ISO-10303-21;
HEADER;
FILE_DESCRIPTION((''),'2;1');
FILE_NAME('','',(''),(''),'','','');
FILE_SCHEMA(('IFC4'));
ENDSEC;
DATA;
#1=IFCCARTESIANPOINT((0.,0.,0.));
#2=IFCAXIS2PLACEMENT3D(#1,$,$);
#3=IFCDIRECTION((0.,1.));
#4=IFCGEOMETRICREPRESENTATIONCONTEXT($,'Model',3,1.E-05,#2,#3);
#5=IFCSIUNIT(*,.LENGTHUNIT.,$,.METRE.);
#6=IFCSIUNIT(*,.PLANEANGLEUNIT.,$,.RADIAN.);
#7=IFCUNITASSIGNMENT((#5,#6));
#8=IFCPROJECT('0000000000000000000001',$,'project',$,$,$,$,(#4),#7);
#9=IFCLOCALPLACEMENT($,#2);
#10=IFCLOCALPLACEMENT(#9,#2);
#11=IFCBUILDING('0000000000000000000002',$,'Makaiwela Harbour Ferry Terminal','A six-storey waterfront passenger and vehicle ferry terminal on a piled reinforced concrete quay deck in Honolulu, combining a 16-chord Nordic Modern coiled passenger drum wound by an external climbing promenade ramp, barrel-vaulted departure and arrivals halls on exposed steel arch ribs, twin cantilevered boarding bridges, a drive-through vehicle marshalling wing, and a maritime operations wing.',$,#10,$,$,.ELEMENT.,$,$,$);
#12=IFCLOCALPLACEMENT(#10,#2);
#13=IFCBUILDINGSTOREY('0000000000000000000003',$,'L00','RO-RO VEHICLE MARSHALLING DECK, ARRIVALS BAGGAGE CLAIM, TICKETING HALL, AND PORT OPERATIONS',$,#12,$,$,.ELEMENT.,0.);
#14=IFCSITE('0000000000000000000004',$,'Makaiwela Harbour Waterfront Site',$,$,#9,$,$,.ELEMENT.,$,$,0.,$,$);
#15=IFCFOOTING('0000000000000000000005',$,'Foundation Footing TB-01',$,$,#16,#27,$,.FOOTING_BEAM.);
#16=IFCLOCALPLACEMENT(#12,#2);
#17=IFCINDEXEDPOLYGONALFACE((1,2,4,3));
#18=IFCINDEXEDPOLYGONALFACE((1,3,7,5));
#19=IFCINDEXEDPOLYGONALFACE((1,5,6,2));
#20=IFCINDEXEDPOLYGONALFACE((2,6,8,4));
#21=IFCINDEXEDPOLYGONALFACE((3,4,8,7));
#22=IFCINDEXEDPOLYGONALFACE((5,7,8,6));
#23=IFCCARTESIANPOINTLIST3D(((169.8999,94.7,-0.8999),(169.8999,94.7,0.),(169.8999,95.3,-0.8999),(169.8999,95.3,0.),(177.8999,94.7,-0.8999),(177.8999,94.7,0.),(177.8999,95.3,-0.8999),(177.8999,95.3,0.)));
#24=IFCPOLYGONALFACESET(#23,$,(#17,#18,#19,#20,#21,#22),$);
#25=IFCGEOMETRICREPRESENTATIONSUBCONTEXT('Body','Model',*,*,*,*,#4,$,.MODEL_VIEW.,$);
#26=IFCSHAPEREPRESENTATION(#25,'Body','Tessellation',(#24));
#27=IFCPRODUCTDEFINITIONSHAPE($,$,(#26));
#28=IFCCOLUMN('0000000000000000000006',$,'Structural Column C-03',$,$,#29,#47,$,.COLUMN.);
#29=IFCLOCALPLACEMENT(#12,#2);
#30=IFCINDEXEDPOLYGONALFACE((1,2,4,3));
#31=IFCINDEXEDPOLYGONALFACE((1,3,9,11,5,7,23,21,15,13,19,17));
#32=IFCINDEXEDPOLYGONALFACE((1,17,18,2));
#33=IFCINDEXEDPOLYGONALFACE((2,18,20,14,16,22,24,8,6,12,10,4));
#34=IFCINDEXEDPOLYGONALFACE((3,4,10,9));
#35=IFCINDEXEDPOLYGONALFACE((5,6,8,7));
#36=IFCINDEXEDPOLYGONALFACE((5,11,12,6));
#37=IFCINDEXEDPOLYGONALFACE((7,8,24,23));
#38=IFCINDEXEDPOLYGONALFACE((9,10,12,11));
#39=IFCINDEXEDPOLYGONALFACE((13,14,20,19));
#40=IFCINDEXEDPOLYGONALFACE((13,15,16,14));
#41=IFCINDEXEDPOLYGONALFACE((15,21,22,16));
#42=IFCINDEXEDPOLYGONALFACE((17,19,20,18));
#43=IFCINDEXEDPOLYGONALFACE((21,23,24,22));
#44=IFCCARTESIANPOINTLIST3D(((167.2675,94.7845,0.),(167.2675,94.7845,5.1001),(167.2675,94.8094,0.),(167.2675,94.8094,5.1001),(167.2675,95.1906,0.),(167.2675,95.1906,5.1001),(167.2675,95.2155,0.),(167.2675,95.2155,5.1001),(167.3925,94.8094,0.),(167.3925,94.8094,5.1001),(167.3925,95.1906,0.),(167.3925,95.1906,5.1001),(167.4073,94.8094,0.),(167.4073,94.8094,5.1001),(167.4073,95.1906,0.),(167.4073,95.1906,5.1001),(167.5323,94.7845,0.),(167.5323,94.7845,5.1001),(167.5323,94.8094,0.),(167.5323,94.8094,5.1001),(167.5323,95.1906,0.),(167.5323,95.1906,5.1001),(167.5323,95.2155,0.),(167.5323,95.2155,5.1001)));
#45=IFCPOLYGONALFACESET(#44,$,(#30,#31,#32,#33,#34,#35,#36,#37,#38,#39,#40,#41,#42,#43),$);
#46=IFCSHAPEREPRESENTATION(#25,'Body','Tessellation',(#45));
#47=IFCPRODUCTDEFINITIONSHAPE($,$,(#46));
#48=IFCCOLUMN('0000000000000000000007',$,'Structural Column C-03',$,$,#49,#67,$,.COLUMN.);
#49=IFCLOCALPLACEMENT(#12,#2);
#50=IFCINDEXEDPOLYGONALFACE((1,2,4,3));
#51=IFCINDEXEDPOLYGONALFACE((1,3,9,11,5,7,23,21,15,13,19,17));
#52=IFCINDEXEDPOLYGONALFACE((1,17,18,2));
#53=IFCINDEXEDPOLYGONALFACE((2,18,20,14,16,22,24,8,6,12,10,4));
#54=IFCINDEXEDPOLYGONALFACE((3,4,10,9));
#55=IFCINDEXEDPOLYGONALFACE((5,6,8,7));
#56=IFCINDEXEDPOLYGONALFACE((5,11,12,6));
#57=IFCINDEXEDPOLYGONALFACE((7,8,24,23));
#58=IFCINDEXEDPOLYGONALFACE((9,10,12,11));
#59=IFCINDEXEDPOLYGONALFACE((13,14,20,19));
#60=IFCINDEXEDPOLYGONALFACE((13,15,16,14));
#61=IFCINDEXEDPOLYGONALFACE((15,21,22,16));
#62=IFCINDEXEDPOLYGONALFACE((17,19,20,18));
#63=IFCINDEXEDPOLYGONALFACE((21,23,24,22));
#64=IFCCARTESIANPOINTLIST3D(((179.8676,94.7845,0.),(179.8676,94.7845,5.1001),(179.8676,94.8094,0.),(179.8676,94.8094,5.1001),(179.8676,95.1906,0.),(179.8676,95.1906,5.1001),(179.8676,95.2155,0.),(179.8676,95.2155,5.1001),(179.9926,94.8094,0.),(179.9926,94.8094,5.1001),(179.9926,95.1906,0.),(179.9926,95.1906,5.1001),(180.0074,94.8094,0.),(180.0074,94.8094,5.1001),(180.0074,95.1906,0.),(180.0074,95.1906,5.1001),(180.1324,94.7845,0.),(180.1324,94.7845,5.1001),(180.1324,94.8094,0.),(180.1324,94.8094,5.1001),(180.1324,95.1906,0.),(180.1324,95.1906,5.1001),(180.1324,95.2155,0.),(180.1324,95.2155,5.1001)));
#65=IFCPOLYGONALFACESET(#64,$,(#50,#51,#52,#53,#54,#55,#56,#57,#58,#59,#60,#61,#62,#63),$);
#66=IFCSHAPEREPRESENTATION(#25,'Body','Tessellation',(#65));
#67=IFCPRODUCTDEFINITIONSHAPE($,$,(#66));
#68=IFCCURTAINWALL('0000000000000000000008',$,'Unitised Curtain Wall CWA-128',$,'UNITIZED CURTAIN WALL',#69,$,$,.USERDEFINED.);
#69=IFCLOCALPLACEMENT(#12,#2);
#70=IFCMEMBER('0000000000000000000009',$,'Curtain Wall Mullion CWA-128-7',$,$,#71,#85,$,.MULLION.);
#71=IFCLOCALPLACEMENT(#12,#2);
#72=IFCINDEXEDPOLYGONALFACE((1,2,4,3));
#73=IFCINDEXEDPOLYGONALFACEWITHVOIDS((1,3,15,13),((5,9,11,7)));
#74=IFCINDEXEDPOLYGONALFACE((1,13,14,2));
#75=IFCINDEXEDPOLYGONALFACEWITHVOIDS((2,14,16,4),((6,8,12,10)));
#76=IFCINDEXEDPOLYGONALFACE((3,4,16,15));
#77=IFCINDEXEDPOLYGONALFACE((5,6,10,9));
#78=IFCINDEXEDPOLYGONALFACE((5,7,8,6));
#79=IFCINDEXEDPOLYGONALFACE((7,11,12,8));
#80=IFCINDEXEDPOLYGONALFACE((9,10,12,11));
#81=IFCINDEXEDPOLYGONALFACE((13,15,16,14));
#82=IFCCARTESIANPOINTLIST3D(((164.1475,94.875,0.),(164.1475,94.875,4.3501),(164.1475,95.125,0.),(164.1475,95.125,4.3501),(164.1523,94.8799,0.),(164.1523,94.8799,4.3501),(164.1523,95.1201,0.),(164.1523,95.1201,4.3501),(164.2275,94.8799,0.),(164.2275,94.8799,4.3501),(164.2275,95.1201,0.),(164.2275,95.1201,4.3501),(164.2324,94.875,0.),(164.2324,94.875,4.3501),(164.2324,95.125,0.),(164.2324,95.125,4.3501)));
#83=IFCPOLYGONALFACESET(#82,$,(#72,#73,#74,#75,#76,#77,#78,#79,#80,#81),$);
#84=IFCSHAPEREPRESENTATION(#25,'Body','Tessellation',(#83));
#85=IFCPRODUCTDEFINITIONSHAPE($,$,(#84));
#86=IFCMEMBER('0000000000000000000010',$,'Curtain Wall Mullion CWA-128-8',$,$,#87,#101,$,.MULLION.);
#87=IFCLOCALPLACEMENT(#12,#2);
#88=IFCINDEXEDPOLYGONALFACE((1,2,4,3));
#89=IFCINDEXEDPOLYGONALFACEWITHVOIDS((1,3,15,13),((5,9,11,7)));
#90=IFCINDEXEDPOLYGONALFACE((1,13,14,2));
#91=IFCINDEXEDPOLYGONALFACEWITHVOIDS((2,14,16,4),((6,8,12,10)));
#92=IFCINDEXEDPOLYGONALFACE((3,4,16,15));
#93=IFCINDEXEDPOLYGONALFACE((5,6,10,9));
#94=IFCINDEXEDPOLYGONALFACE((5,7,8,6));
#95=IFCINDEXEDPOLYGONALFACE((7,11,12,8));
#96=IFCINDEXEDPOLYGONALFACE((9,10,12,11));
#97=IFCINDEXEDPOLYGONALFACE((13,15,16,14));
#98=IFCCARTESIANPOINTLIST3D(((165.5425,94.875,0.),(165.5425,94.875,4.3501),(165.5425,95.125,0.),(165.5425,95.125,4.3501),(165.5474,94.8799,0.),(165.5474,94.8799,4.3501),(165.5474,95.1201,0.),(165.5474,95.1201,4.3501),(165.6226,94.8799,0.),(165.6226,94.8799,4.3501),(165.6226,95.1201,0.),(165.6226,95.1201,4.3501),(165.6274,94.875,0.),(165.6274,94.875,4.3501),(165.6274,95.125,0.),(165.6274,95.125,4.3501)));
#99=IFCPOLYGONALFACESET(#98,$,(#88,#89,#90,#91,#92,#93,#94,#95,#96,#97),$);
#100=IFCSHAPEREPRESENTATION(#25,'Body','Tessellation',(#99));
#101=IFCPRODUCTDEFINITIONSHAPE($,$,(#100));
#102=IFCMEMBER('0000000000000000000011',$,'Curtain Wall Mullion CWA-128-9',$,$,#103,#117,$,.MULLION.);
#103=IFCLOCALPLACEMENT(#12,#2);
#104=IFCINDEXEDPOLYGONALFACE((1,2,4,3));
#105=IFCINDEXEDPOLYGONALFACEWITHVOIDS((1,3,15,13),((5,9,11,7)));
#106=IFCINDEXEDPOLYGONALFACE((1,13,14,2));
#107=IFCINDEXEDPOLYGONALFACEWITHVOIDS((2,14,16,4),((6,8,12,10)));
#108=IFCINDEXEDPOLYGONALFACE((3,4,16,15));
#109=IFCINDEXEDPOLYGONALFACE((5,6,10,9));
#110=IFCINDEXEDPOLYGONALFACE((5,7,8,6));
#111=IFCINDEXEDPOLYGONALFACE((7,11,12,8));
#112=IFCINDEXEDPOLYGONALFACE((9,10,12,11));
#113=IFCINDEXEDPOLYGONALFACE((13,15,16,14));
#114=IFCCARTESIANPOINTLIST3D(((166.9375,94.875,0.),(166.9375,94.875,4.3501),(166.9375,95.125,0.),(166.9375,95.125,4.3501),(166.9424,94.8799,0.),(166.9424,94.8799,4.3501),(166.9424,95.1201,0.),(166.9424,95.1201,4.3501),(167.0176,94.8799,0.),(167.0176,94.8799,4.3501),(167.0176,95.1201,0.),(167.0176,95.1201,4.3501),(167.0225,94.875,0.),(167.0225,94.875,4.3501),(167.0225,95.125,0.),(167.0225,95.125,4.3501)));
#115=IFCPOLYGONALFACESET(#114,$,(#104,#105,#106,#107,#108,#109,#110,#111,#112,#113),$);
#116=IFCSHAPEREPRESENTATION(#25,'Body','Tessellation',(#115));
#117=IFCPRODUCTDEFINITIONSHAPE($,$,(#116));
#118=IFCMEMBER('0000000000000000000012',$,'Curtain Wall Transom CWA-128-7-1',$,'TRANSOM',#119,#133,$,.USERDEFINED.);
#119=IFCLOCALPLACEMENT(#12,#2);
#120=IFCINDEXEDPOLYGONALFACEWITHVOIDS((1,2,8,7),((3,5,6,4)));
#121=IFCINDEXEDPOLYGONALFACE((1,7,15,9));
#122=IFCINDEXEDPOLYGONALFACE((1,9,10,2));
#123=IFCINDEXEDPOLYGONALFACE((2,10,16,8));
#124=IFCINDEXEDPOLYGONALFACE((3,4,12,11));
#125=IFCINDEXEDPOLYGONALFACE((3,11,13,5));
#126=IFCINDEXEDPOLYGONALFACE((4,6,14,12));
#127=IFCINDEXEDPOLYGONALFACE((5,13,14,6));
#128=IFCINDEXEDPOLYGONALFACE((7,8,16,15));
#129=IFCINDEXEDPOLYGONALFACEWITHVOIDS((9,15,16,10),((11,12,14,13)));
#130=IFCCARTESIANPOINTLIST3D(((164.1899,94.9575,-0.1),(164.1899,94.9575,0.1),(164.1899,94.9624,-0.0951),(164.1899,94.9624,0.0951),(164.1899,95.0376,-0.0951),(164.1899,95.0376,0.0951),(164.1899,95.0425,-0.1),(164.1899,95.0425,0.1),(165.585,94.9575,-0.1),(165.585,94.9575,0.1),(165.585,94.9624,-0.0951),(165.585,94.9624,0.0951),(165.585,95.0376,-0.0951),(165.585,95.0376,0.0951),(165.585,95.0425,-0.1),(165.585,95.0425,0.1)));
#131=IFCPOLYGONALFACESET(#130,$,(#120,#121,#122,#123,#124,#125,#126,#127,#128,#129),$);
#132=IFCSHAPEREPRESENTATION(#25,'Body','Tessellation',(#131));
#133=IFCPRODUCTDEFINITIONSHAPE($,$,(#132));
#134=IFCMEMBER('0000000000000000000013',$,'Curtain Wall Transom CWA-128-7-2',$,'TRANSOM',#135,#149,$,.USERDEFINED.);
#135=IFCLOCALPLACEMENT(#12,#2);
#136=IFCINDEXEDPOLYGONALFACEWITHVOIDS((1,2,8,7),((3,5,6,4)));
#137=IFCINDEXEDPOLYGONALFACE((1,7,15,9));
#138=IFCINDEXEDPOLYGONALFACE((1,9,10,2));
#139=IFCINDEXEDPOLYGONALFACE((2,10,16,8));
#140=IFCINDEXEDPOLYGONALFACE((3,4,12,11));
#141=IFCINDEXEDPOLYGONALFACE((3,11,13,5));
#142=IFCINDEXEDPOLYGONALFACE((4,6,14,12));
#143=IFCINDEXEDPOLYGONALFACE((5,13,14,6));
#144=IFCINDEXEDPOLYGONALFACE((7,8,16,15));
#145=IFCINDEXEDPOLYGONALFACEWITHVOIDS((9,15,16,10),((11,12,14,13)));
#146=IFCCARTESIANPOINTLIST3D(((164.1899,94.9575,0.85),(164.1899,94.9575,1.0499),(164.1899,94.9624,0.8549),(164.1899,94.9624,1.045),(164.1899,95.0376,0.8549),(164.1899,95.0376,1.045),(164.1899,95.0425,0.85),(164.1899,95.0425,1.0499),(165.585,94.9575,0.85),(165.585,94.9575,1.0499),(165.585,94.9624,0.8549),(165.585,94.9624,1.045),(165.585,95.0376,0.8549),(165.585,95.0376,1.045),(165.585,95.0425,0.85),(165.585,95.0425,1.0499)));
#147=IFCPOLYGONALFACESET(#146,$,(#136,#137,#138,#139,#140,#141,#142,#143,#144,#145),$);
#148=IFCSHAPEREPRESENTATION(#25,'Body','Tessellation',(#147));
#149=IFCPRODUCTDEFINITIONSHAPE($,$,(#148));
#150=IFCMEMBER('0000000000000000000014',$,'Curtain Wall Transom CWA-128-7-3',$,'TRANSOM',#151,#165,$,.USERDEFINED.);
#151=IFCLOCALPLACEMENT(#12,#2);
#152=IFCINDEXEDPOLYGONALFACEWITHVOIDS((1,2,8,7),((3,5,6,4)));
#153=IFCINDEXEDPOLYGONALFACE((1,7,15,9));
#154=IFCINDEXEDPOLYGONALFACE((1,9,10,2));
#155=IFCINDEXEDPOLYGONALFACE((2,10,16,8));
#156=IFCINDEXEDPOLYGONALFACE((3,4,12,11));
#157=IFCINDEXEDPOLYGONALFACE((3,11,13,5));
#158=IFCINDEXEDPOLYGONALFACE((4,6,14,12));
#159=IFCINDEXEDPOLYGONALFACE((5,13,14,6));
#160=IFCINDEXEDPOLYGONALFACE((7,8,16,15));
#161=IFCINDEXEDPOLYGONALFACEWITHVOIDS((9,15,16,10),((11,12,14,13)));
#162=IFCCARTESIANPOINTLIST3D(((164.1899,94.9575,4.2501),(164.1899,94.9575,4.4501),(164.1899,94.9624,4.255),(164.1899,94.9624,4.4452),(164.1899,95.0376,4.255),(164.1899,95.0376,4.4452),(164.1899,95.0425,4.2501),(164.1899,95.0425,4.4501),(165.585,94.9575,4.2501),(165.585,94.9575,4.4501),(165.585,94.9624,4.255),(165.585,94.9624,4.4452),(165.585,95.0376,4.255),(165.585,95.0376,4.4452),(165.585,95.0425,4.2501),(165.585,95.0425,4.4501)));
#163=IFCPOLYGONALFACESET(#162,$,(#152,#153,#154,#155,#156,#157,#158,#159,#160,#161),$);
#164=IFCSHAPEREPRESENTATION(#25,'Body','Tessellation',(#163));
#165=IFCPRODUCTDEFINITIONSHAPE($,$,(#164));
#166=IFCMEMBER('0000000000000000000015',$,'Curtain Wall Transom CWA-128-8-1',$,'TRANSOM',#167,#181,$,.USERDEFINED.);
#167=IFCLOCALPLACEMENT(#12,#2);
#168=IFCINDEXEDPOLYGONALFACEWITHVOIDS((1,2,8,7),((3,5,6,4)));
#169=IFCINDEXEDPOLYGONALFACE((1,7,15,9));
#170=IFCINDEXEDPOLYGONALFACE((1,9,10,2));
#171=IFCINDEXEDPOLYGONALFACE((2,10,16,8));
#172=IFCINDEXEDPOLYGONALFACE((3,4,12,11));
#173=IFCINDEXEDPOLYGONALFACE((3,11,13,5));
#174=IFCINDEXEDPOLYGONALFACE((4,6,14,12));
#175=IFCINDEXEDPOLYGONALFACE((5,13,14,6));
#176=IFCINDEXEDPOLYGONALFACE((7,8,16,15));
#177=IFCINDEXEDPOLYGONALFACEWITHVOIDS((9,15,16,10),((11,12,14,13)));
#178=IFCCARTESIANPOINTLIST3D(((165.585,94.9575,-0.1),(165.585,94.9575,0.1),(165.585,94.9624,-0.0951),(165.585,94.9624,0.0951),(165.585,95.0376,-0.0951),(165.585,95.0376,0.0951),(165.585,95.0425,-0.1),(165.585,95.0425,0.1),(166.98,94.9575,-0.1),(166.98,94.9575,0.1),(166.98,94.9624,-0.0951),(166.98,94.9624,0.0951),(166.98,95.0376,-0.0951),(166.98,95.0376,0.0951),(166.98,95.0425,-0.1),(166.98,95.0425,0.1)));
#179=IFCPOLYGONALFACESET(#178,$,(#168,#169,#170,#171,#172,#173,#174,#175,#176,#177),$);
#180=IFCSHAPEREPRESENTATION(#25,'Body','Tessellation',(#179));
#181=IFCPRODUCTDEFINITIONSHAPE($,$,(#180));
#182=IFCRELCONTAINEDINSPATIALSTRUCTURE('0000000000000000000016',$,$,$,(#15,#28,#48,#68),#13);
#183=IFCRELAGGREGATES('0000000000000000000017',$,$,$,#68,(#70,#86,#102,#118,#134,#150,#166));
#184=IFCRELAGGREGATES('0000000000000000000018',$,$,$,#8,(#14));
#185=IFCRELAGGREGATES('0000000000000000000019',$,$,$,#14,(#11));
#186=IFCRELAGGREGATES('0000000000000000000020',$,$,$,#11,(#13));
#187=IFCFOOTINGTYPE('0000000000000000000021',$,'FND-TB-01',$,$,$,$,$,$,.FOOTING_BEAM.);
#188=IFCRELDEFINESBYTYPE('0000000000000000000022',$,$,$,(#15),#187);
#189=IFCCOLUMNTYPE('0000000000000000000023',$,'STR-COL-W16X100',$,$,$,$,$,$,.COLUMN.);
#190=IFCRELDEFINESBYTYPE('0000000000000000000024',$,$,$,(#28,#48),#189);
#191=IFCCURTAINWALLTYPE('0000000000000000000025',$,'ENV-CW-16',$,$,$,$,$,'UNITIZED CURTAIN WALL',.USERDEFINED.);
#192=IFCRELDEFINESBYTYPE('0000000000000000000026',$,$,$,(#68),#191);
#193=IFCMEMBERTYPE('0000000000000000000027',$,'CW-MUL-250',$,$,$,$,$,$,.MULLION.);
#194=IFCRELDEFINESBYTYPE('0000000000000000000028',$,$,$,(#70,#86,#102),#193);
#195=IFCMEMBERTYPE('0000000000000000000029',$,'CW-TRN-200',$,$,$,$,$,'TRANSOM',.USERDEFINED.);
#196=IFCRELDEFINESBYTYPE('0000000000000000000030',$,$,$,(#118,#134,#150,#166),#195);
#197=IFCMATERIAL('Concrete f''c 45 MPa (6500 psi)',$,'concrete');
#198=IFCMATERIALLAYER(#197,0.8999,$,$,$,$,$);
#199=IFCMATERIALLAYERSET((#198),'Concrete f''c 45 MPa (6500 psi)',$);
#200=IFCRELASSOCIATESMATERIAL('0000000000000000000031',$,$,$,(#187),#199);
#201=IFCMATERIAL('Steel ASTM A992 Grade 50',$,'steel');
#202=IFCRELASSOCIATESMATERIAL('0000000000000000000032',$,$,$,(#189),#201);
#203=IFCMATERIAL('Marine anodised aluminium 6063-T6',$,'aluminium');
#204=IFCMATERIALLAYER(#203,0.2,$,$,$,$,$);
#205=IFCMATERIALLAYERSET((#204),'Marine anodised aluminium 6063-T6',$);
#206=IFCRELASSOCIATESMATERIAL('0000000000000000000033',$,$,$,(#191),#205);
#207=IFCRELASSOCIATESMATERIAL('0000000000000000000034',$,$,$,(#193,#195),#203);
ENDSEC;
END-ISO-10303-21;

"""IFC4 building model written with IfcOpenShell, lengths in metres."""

from ifc_helpers import new_model, si_unit, direction, frame, origin, origin_2d, place, context, subcontext, project, spatial, rectangle, hollow_rectangle, i_section, extrude, material, layer, layer_set, material_profile, profile_set, type_object, element, aggregate, save


model = new_model("IFC4")

# Units and contexts
model_context = context("Model", 3, precision=1e-05, world=origin(), true_north=direction((0.0, 1.0)))
body_context = subcontext(model_context, "Body", "Model", "MODEL_VIEW")
ifc_project = project(units=[si_unit("LENGTHUNIT", "METRE"), si_unit("PLANEANGLEUNIT", "RADIAN")], contexts=[model_context])

# Site, building, storey
site_placement = place(None, origin())
site = spatial("IfcSite", under=ifc_project, at=site_placement, Name="Makaiwela Harbour Waterfront Site", CompositionType="ELEMENT", RefElevation=0.0)
building_placement = place(site_placement, origin())
building = spatial("IfcBuilding", under=site, at=building_placement, Name="Makaiwela Harbour Ferry Terminal", Description="A six-storey waterfront passenger and vehicle ferry terminal on a piled reinforced concrete quay deck in Honolulu, combining a 16-chord Nordic Modern coiled passenger drum wound by an external climbing promenade ramp, barrel-vaulted departure and arrivals halls on exposed steel arch ribs, twin cantilevered boarding bridges, a drive-through vehicle marshalling wing, and a maritime operations wing.", CompositionType="ELEMENT")
storey_placement = place(building_placement, origin())
storey = spatial("IfcBuildingStorey", under=building, at=storey_placement, Name="L00", Description="RO-RO VEHICLE MARSHALLING DECK, ARRIVALS BAGGAGE CLAIM, TICKETING HALL, AND PORT OPERATIONS", CompositionType="ELEMENT", Elevation=0.0)

# Shared definitions
ifc_material_1 = material(Name="Concrete f'c 45 MPa (6500 psi)", Category="concrete")

# Footing
ifc_layer_1 = layer(ifc_material_1, 0.8999)
ifc_layer_set_1 = layer_set([ifc_layer_1], Name="Concrete f'c 45 MPa (6500 psi)")
footing_type_1 = type_object("IfcFootingType", Name="FND-TB-01", PredefinedType="FOOTING_BEAM", material=ifc_layer_set_1)
footing_1_placement = place(storey_placement, frame((173.8999, 95.0, -0.8999), z_axis=(0.0, 0.0, 1.0), x_axis=(1.0, 0.0, 0.0)))
element("IfcFooting", 1, at=footing_1_placement, inside=storey, type_object=footing_type_1, Name="Foundation Footing TB-01", PredefinedType="FOOTING_BEAM", context=body_context, shape_type="SweptSolid", body=[
    extrude(rectangle(XDim=8.0, YDim=0.6001, at=origin_2d()), origin(), (0.0, 0.0, 1.0), 0.8999),
])

# Columns
ifc_material_2 = material(Name="Steel ASTM A992 Grade 50", Category="steel")
ifc_material_profile_1 = material_profile(ifc_material_2, i_section(OverallWidth=0.2649, OverallDepth=0.4309, WebThickness=0.0149, FlangeThickness=0.0249, at=origin_2d()), Name="W16X100")
ifc_profile_set_1 = profile_set([ifc_material_profile_1], Name="Steel ASTM A992 Grade 50")
column_type = type_object("IfcColumnType", Name="STR-COL-W16X100", PredefinedType="COLUMN", material=ifc_profile_set_1)
for number, where, z_axis, x_axis, name in (
    (2, (167.3999, 95.0, 0.0), (0.0, 0.0, 1.0), (1.0, 0.0, 0.0), "Structural Column C-03"),
    (3, (180.0, 95.0, 0.0), (0.0, 0.0, 1.0), (1.0, 0.0, 0.0), "Structural Column C-03"),
):
    element("IfcColumn", number, at=place(storey_placement, frame(where, z_axis=z_axis, x_axis=x_axis)), inside=storey, type_object=column_type, Name=name, PredefinedType="COLUMN", context=body_context, shape_type="SweptSolid", body=[
        extrude(i_section(OverallWidth=0.2649, OverallDepth=0.4309, WebThickness=0.0149, FlangeThickness=0.0249, at=origin_2d()), origin(), (0.0, 0.0, 1.0), 5.1001),
    ])

# Curtain wall, members
ifc_material_3 = material(Name="Marine anodised aluminium 6063-T6", Category="aluminium")
ifc_layer_2 = layer(ifc_material_3, 0.2)
ifc_layer_set_2 = layer_set([ifc_layer_2], Name="Marine anodised aluminium 6063-T6")
curtain_wall_type = type_object("IfcCurtainWallType", Name="ENV-CW-16", ElementType="UNITIZED CURTAIN WALL", PredefinedType="USERDEFINED", material=ifc_layer_set_2)
curtain_wall_placement = place(storey_placement, origin())
curtain_wall = element("IfcCurtainWall", 4, at=curtain_wall_placement, inside=storey, type_object=curtain_wall_type, Name="Unitised Curtain Wall CWA-128", ObjectType="UNITIZED CURTAIN WALL", PredefinedType="USERDEFINED")
ifc_material_profile_2 = material_profile(ifc_material_3, hollow_rectangle(XDim=0.085, YDim=0.25, WallThickness=0.0049, at=origin_2d()), Name="CWM-250X85")
ifc_profile_set_2 = profile_set([ifc_material_profile_2], Name="Marine anodised aluminium 6063-T6")
member_type_1 = type_object("IfcMemberType", Name="CW-MUL-250", PredefinedType="MULLION", material=ifc_profile_set_2)
member_1_placement = place(storey_placement, frame((164.1899, 95.0, 0.0), z_axis=(0.0, 0.0, 1.0), x_axis=(1.0, 0.0, 0.0)))
member_1 = element("IfcMember", 5, at=member_1_placement, type_object=member_type_1, Name="Curtain Wall Mullion CWA-128-7", PredefinedType="MULLION", context=body_context, shape_type="SweptSolid", body=[
    extrude(hollow_rectangle(XDim=0.085, YDim=0.25, WallThickness=0.0049, at=origin_2d()), origin(), (0.0, 0.0, 1.0), 4.3501),
])
member_2_placement = place(storey_placement, frame((165.585, 95.0, 0.0), z_axis=(0.0, 0.0, 1.0), x_axis=(1.0, 0.0, 0.0)))
member_2 = element("IfcMember", 6, at=member_2_placement, type_object=member_type_1, Name="Curtain Wall Mullion CWA-128-8", PredefinedType="MULLION", context=body_context, shape_type="SweptSolid", body=[
    extrude(hollow_rectangle(XDim=0.085, YDim=0.25, WallThickness=0.0049, at=origin_2d()), origin(), (0.0, 0.0, 1.0), 4.3501),
])
member_3_placement = place(storey_placement, frame((166.98, 95.0, 0.0), z_axis=(0.0, 0.0, 1.0), x_axis=(1.0, 0.0, 0.0)))
member_3 = element("IfcMember", 7, at=member_3_placement, type_object=member_type_1, Name="Curtain Wall Mullion CWA-128-9", PredefinedType="MULLION", context=body_context, shape_type="SweptSolid", body=[
    extrude(hollow_rectangle(XDim=0.085, YDim=0.25, WallThickness=0.0049, at=origin_2d()), origin(), (0.0, 0.0, 1.0), 4.3501),
])
ifc_material_profile_3 = material_profile(ifc_material_3, hollow_rectangle(XDim=0.085, YDim=0.2, WallThickness=0.0049, at=origin_2d()), Name="CWT-200X85")
ifc_profile_set_3 = profile_set([ifc_material_profile_3], Name="Marine anodised aluminium 6063-T6")
member_type_2 = type_object("IfcMemberType", Name="CW-TRN-200", ElementType="TRANSOM", PredefinedType="USERDEFINED", material=ifc_profile_set_3)
member_4_placement = place(storey_placement, frame((164.1899, 95.0, 0.0), z_axis=(1.0, 0.0, 0.0), x_axis=(0.0, 1.0, 0.0)))
member_4 = element("IfcMember", 8, at=member_4_placement, type_object=member_type_2, Name="Curtain Wall Transom CWA-128-7-1", ObjectType="TRANSOM", PredefinedType="USERDEFINED", context=body_context, shape_type="SweptSolid", body=[
    extrude(hollow_rectangle(XDim=0.085, YDim=0.2, WallThickness=0.0049, at=origin_2d()), origin(), (0.0, 0.0, 1.0), 1.395),
])
member_5_placement = place(storey_placement, frame((164.1899, 95.0, 0.95), z_axis=(1.0, 0.0, 0.0), x_axis=(0.0, 1.0, 0.0)))
member_5 = element("IfcMember", 9, at=member_5_placement, type_object=member_type_2, Name="Curtain Wall Transom CWA-128-7-2", ObjectType="TRANSOM", PredefinedType="USERDEFINED", context=body_context, shape_type="SweptSolid", body=[
    extrude(hollow_rectangle(XDim=0.085, YDim=0.2, WallThickness=0.0049, at=origin_2d()), origin(), (0.0, 0.0, 1.0), 1.395),
])
member_6_placement = place(storey_placement, frame((164.1899, 95.0, 4.3501), z_axis=(1.0, 0.0, 0.0), x_axis=(0.0, 1.0, 0.0)))
member_6 = element("IfcMember", 10, at=member_6_placement, type_object=member_type_2, Name="Curtain Wall Transom CWA-128-7-3", ObjectType="TRANSOM", PredefinedType="USERDEFINED", context=body_context, shape_type="SweptSolid", body=[
    extrude(hollow_rectangle(XDim=0.085, YDim=0.2, WallThickness=0.0049, at=origin_2d()), origin(), (0.0, 0.0, 1.0), 1.395),
])
member_7_placement = place(storey_placement, frame((165.585, 95.0, 0.0), z_axis=(1.0, 0.0, 0.0), x_axis=(0.0, 1.0, 0.0)))
member_7 = element("IfcMember", 11, at=member_7_placement, type_object=member_type_2, Name="Curtain Wall Transom CWA-128-8-1", ObjectType="TRANSOM", PredefinedType="USERDEFINED", context=body_context, shape_type="SweptSolid", body=[
    extrude(hollow_rectangle(XDim=0.085, YDim=0.2, WallThickness=0.0049, at=origin_2d()), origin(), (0.0, 0.0, 1.0), 1.395),
])
aggregate(curtain_wall, [member_1, member_2, member_3, member_4, member_5, member_6, member_7])

save(model, "model.ifc")
